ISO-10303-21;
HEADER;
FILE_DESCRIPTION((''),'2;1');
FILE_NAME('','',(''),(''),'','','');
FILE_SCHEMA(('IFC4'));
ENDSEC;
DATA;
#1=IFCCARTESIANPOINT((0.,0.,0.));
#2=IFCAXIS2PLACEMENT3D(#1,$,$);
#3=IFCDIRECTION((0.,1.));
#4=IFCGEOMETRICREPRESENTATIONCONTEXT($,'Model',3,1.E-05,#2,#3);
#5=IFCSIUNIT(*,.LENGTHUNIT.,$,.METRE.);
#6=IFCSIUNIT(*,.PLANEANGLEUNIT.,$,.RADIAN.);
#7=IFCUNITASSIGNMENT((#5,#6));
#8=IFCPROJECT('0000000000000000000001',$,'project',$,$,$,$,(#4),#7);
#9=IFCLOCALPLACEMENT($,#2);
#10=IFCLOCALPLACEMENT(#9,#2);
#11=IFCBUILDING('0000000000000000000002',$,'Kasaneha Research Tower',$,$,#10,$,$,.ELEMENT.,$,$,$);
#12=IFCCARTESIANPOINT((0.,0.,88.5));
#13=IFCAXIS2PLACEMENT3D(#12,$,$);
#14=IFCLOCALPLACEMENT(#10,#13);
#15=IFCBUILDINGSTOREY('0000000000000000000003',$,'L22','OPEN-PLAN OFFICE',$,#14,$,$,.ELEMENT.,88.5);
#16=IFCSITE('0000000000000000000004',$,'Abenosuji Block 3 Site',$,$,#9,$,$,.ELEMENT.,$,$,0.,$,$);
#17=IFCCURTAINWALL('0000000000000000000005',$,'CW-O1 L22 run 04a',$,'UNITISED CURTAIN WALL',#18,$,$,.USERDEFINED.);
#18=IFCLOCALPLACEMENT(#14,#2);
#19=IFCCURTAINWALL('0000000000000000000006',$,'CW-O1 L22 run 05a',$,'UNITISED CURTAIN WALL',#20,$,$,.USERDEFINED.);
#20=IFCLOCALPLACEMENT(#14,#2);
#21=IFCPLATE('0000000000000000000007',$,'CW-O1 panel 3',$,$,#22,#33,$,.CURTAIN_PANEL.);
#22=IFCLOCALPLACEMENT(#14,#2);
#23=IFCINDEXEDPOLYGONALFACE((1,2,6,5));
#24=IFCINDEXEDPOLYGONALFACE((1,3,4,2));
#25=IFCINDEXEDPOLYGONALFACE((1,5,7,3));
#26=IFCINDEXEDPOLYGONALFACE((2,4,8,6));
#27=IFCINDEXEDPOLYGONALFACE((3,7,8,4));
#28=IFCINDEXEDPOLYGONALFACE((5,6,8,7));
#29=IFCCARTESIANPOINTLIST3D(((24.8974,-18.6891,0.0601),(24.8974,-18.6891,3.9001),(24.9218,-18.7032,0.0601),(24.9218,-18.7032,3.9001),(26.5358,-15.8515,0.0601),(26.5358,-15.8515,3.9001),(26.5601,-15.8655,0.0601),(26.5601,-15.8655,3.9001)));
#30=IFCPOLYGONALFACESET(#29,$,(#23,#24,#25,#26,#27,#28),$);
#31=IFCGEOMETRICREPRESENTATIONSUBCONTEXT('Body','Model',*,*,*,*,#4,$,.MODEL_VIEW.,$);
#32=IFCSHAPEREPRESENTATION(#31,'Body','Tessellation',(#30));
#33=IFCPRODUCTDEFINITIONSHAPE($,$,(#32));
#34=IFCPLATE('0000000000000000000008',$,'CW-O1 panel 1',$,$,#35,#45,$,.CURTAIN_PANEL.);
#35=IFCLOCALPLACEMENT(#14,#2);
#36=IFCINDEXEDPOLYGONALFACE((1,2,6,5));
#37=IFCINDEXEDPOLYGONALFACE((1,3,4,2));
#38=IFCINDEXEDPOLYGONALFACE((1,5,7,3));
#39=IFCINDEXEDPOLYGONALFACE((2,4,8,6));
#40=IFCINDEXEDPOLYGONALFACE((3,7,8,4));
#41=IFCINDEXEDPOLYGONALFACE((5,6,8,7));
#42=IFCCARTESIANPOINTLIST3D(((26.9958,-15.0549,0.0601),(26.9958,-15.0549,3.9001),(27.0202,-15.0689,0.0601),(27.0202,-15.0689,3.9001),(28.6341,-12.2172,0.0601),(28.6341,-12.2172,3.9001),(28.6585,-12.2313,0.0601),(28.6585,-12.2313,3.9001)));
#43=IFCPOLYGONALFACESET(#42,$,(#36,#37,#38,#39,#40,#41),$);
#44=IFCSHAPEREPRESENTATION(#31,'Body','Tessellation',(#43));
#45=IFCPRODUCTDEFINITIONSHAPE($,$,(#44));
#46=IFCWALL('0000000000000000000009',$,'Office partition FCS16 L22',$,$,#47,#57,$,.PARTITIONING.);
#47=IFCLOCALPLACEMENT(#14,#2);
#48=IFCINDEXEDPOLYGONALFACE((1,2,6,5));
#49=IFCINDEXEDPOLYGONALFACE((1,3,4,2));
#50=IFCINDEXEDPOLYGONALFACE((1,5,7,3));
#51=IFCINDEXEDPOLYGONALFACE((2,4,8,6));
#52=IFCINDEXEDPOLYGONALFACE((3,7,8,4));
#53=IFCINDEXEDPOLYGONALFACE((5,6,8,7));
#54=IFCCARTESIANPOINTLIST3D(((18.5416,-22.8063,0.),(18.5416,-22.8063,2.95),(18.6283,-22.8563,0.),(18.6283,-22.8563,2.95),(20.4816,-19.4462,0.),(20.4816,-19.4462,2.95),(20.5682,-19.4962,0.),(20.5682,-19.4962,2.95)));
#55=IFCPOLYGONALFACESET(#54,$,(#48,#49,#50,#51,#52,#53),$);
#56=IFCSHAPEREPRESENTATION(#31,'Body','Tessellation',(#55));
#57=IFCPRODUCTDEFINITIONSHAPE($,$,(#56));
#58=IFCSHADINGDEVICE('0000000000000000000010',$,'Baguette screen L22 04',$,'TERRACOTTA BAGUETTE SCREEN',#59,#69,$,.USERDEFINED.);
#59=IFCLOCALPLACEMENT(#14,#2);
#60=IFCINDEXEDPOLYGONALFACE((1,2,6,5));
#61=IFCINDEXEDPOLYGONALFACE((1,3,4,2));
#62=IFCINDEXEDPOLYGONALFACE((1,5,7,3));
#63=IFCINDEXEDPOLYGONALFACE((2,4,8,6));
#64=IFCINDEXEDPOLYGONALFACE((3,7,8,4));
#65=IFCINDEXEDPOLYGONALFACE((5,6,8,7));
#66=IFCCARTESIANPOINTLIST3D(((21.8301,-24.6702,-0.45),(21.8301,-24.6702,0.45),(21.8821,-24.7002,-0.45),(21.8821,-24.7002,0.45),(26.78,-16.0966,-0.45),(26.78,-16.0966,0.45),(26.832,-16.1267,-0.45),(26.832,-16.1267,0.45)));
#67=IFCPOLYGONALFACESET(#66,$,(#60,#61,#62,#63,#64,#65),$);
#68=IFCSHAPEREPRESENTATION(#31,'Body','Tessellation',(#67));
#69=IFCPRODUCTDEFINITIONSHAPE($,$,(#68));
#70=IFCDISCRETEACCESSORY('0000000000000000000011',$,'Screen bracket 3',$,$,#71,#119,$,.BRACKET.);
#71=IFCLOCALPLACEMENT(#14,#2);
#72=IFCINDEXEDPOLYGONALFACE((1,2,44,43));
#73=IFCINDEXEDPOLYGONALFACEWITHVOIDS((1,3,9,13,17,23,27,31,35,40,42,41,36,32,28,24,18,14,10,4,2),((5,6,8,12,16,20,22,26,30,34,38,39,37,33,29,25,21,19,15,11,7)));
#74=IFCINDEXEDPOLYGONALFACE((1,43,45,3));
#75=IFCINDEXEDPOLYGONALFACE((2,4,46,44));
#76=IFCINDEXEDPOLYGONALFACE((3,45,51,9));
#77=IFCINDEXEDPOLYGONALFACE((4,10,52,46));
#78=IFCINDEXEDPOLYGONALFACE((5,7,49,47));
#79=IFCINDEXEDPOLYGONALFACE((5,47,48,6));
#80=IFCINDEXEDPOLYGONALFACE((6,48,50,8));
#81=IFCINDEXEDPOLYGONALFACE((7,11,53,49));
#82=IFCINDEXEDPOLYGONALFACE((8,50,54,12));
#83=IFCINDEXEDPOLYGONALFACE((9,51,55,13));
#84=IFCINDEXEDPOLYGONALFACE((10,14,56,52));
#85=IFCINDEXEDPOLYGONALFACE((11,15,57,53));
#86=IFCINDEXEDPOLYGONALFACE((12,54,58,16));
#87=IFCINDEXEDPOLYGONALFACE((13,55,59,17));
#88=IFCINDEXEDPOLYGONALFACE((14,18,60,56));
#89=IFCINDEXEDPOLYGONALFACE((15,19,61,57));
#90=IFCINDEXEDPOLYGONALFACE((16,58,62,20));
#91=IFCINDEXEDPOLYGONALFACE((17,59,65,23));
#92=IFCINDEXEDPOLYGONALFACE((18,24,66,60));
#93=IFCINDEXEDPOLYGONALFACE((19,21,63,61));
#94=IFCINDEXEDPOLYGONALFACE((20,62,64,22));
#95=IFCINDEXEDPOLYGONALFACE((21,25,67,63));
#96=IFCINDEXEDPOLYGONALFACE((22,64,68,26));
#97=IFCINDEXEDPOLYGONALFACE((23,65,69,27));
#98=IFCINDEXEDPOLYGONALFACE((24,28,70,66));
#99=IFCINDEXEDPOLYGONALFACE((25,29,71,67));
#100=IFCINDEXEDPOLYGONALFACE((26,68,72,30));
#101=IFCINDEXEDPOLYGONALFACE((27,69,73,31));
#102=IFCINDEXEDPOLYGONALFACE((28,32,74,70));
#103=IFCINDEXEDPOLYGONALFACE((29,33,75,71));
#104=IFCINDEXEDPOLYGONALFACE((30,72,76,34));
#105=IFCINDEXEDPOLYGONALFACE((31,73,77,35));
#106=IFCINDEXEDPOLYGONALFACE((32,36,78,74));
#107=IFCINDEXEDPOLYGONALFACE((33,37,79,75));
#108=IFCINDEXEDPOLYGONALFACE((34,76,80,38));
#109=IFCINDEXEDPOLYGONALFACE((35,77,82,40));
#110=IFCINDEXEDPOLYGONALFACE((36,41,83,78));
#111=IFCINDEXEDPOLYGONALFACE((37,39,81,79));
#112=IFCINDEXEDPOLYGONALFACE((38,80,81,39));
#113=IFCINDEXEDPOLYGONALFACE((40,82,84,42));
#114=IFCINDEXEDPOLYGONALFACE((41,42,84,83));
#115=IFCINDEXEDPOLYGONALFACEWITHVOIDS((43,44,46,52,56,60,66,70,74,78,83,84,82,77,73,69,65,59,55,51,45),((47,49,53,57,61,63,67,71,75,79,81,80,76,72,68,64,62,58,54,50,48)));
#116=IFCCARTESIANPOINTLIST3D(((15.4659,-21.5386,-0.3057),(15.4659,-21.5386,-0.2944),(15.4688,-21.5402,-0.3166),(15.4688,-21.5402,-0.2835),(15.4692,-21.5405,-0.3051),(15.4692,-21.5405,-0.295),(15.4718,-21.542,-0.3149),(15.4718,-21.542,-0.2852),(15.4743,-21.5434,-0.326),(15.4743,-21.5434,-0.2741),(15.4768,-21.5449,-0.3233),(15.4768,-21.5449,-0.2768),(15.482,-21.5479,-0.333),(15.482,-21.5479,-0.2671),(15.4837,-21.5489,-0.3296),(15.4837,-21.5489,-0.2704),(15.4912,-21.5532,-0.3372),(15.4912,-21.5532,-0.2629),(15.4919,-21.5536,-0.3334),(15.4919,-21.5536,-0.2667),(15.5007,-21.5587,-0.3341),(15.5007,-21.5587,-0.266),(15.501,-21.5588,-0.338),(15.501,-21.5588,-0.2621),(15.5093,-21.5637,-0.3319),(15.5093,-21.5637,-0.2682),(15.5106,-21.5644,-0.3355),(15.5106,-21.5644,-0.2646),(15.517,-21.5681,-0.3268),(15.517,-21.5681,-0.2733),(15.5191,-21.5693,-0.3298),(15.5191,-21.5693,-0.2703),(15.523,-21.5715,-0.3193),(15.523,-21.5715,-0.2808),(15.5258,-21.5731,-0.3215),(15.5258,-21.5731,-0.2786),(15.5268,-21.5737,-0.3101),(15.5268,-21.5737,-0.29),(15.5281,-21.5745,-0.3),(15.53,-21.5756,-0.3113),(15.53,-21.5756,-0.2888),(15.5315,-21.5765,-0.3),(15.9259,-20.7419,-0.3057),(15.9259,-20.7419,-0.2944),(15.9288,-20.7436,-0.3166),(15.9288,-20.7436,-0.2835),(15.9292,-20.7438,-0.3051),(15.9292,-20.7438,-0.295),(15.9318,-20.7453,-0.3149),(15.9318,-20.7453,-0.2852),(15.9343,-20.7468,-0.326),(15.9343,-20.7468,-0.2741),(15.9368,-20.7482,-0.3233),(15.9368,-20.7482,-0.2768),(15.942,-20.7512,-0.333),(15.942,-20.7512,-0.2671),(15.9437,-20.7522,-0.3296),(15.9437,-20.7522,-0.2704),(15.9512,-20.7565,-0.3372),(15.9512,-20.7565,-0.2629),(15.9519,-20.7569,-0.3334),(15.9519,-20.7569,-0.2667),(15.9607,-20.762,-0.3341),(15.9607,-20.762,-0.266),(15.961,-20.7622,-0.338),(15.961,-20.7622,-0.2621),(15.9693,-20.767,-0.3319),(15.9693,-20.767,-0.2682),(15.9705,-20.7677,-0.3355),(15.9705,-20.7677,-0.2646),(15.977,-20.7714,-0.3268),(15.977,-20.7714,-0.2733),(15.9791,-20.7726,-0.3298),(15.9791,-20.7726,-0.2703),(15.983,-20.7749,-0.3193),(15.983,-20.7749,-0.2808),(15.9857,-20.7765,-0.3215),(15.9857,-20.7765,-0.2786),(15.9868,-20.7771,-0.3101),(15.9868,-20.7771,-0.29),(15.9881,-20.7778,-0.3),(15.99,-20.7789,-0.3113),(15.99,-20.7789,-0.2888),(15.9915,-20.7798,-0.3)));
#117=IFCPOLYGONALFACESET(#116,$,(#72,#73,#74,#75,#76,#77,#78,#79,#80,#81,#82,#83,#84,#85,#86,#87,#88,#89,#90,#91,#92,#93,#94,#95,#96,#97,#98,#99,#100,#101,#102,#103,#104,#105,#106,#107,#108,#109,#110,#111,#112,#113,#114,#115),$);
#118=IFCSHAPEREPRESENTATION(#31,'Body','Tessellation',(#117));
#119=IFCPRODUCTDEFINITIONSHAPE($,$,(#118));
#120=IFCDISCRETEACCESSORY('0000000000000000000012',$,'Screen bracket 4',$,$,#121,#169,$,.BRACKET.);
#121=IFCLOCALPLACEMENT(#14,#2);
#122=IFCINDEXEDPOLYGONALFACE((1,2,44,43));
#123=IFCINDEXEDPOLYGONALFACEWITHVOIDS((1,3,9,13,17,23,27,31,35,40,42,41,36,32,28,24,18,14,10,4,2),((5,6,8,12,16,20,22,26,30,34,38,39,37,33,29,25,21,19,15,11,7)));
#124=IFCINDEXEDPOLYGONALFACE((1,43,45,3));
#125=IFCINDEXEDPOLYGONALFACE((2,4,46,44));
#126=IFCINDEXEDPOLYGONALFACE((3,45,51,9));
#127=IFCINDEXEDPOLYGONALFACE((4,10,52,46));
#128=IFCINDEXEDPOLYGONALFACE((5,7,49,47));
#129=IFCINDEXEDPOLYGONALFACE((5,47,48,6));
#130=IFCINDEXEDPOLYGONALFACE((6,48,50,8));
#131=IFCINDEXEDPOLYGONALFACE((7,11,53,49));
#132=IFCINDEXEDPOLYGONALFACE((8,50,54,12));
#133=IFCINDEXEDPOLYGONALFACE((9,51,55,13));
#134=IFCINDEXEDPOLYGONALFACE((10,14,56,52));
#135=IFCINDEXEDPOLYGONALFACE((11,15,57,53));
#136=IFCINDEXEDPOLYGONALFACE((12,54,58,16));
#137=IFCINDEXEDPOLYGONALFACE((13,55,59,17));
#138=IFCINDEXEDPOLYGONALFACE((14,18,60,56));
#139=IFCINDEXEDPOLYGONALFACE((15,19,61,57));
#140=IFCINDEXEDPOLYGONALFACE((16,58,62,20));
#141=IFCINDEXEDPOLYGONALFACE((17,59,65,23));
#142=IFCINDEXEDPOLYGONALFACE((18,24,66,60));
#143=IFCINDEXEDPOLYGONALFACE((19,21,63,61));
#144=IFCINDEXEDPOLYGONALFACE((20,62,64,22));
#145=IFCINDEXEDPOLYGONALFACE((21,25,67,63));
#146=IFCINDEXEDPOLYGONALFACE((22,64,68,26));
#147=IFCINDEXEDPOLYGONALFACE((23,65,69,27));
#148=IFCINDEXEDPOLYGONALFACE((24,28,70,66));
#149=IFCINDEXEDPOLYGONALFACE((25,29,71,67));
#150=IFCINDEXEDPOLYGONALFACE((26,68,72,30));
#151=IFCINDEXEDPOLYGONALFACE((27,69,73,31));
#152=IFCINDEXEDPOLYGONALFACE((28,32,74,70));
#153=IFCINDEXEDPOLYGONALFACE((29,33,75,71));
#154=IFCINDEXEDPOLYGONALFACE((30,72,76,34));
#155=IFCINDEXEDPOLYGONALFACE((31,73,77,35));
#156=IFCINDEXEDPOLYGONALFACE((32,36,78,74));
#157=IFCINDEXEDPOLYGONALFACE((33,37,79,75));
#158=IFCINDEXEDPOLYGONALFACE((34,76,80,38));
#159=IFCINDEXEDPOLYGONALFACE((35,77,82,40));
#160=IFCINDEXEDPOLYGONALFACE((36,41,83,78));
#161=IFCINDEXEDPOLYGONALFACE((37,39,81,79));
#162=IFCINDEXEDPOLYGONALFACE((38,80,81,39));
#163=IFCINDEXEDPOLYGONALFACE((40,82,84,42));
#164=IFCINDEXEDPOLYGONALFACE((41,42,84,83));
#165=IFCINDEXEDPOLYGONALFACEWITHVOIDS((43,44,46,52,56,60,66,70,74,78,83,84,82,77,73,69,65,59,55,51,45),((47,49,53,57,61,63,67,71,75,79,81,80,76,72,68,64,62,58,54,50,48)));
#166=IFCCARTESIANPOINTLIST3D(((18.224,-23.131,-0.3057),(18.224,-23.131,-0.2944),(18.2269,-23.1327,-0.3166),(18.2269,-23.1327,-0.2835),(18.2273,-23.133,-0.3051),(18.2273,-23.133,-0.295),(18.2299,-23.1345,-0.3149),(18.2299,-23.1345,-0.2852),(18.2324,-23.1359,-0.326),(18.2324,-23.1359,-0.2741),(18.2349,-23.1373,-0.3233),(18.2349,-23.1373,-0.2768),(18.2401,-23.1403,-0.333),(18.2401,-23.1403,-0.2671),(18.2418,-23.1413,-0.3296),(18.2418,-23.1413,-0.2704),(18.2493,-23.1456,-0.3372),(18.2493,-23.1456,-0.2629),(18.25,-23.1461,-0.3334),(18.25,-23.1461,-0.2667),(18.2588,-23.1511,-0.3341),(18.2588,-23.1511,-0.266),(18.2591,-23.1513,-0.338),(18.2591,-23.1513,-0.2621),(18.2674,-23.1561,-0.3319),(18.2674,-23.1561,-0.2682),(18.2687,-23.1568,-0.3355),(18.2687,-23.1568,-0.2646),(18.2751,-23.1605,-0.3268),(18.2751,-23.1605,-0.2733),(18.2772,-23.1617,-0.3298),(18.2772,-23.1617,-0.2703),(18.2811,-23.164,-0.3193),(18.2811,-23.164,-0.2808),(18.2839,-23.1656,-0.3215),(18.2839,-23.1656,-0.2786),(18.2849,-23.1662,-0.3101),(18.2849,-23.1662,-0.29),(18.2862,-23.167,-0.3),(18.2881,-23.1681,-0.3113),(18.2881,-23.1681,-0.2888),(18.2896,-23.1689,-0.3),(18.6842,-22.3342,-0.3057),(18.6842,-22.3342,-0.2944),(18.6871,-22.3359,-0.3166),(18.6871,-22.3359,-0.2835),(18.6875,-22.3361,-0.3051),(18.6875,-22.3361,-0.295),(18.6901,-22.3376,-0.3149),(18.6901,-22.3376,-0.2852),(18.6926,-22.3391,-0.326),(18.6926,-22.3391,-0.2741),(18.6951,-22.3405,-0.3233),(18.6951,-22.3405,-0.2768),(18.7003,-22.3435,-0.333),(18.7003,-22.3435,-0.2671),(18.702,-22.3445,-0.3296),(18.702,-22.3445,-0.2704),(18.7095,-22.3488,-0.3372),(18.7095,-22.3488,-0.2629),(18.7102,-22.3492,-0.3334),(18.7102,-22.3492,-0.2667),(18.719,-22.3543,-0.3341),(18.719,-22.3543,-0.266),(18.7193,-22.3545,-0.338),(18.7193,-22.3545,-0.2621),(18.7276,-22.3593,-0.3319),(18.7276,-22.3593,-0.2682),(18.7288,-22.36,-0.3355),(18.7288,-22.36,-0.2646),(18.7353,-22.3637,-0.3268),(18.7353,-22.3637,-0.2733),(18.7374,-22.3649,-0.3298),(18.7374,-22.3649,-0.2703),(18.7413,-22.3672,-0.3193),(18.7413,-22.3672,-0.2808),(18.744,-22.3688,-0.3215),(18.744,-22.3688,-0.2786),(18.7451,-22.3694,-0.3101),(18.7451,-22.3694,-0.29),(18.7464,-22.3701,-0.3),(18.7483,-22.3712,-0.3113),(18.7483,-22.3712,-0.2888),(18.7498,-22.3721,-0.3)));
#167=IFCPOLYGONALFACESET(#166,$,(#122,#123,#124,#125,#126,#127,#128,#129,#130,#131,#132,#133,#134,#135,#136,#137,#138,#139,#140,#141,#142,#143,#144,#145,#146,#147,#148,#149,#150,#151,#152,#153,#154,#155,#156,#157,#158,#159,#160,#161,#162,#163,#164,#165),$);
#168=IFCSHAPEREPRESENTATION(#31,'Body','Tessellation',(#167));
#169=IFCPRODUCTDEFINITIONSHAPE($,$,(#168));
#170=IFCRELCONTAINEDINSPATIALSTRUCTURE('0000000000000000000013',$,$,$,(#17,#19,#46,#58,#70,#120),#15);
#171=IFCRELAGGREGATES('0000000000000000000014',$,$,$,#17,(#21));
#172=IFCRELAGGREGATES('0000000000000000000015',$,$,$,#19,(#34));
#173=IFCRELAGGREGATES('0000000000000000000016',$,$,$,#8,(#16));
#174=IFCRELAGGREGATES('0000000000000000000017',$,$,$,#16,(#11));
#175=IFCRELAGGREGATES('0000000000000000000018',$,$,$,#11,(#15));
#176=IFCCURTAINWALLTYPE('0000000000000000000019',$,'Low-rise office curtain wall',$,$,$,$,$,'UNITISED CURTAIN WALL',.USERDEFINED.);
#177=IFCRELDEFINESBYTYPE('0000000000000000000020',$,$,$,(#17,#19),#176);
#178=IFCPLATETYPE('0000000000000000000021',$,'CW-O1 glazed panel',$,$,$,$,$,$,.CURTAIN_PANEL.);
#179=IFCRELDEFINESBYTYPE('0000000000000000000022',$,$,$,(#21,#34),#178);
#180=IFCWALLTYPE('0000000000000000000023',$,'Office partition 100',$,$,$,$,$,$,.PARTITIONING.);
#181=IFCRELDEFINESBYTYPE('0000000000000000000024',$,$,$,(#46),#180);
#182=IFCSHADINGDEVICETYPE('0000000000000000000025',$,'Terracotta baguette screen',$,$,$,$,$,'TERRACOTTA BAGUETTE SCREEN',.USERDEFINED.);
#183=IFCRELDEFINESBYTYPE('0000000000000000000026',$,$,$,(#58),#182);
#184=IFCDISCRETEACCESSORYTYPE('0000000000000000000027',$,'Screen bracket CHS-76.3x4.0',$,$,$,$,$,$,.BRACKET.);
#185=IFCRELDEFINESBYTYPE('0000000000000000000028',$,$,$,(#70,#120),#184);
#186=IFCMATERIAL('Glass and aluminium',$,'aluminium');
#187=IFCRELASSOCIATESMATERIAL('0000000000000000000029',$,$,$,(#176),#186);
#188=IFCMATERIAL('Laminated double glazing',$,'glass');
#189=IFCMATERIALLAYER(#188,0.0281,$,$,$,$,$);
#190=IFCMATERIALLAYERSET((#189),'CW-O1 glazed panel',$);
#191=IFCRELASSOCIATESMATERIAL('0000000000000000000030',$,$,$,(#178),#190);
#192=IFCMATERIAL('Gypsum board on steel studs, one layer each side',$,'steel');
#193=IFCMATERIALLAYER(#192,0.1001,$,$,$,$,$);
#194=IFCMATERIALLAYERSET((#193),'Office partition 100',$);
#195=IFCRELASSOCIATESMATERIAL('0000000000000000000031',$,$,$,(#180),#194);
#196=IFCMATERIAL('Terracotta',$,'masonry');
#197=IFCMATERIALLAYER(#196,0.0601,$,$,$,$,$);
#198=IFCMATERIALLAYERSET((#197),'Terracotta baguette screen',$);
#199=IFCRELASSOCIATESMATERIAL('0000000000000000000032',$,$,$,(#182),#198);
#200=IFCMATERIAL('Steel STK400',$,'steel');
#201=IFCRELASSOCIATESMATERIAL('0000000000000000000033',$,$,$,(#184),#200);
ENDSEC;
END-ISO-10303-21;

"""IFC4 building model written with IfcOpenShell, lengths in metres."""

from ifc_helpers import new_model, si_unit, direction, frame, frame_2d, origin, origin_2d, place, context, subcontext, project, spatial, rectangle, hollow_circle, extrude, material, layer, layer_set, material_profile, profile_set, type_object, element, aggregate, save


model = new_model("IFC4")

# Units and contexts
model_context = context("Model", 3, precision=1e-05, world=origin(), true_north=direction((0.0, 1.0)))
body_context = subcontext(model_context, "Body", "Model", "MODEL_VIEW")
ifc_project = project(units=[si_unit("LENGTHUNIT", "METRE"), si_unit("PLANEANGLEUNIT", "RADIAN")], contexts=[model_context])

# Site, building, storey
site_placement = place(None, origin())
site = spatial("IfcSite", under=ifc_project, at=site_placement, Name="Abenosuji Block 3 Site", CompositionType="ELEMENT", RefElevation=0.0)
building_placement = place(site_placement, origin())
building = spatial("IfcBuilding", under=site, at=building_placement, Name="Kasaneha Research Tower", CompositionType="ELEMENT")
storey_placement = place(building_placement, frame((0.0, 0.0, 88.5)))
storey = spatial("IfcBuildingStorey", under=building, at=storey_placement, Name="L22", Description="OPEN-PLAN OFFICE", CompositionType="ELEMENT", Elevation=88.5)

# Curtain walls
ifc_material_1 = material(Name="Glass and aluminium", Category="aluminium")
curtain_wall_type = type_object("IfcCurtainWallType", Name="Low-rise office curtain wall", ElementType="UNITISED CURTAIN WALL", PredefinedType="USERDEFINED", material=ifc_material_1)
curtain_wall_1_placement = place(storey_placement, origin())
curtain_wall_1 = element("IfcCurtainWall", 1, at=curtain_wall_1_placement, inside=storey, type_object=curtain_wall_type, Name="CW-O1 L22 run 04a", ObjectType="UNITISED CURTAIN WALL", PredefinedType="USERDEFINED")
curtain_wall_2_placement = place(storey_placement, origin())
curtain_wall_2 = element("IfcCurtainWall", 2, at=curtain_wall_2_placement, inside=storey, type_object=curtain_wall_type, Name="CW-O1 L22 run 05a", ObjectType="UNITISED CURTAIN WALL", PredefinedType="USERDEFINED")

# Plates
ifc_material_2 = material(Name="Laminated double glazing", Category="glass")
ifc_layer_1 = layer(ifc_material_2, 0.0281)
ifc_layer_set_1 = layer_set([ifc_layer_1], Name="CW-O1 glazed panel")
plate_type = type_object("IfcPlateType", Name="CW-O1 glazed panel", PredefinedType="CURTAIN_PANEL", material=ifc_layer_set_1)
plate_1_placement = place(storey_placement, frame((25.7288, -17.2773, 0.0601), z_axis=(0.0, 0.0, 1.0), x_axis=(0.5, 0.866025, 0.0)))
plate_1 = element("IfcPlate", 3, at=plate_1_placement, type_object=plate_type, Name="CW-O1 panel 3", PredefinedType="CURTAIN_PANEL", context=body_context, shape_type="SweptSolid", body=[
    extrude(rectangle(XDim=3.2766, YDim=0.0281, at=origin_2d()), origin(), (0.0, 0.0, 1.0), 3.8401),
])
aggregate(curtain_wall_1, [plate_1])
plate_2_placement = place(storey_placement, frame((27.8271, -13.6431, 0.0601), z_axis=(0.0, 0.0, 1.0), x_axis=(0.5, 0.866025, 0.0)))
plate_2 = element("IfcPlate", 4, at=plate_2_placement, type_object=plate_type, Name="CW-O1 panel 1", PredefinedType="CURTAIN_PANEL", context=body_context, shape_type="SweptSolid", body=[
    extrude(rectangle(XDim=3.2766, YDim=0.0281, at=origin_2d()), origin(), (0.0, 0.0, 1.0), 3.8401),
])
aggregate(curtain_wall_2, [plate_2])

# Wall
ifc_material_3 = material(Name="Gypsum board on steel studs, one layer each side", Category="steel")
ifc_layer_2 = layer(ifc_material_3, 0.1001)
ifc_layer_set_2 = layer_set([ifc_layer_2], Name="Office partition 100")
wall_type = type_object("IfcWallType", Name="Office partition 100", PredefinedType="PARTITIONING", material=ifc_layer_set_2)
wall_placement = place(storey_placement, frame((20.5249, -19.4712, 0.0), z_axis=(0.0, 0.0, 1.0), x_axis=(-0.499997, -0.866027, 0.0)))
element("IfcWall", 5, at=wall_placement, inside=storey, type_object=wall_type, Name="Office partition FCS16 L22", PredefinedType="PARTITIONING", context=body_context, shape_type="SweptSolid", body=[
    extrude(rectangle(XDim=3.8799, YDim=0.1001, at=frame_2d((1.9399, 0.0))), origin(), (0.0, 0.0, 1.0), 2.95),
])

# Shading device
ifc_material_4 = material(Name="Terracotta", Category="masonry")
ifc_layer_3 = layer(ifc_material_4, 0.0601)
ifc_layer_set_3 = layer_set([ifc_layer_3], Name="Terracotta baguette screen")
shading_device_type = type_object("IfcShadingDeviceType", Name="Terracotta baguette screen", ElementType="TERRACOTTA BAGUETTE SCREEN", PredefinedType="USERDEFINED", material=ifc_layer_set_3)
shading_device_placement = place(storey_placement, frame((24.3311, -20.3984, -0.45), z_axis=(0.0, 0.0, 1.0), x_axis=(0.5, 0.866025, 0.0)))
element("IfcShadingDevice", 6, at=shading_device_placement, inside=storey, type_object=shading_device_type, Name="Baguette screen L22 04", ObjectType="TERRACOTTA BAGUETTE SCREEN", PredefinedType="USERDEFINED", context=body_context, shape_type="SweptSolid", body=[
    extrude(rectangle(XDim=9.8999, YDim=0.0601, at=origin_2d()), origin(), (0.0, 0.0, 1.0), 0.8999),
])

# Discrete accessories
ifc_material_5 = material(Name="Steel STK400", Category="steel")
ifc_material_profile_1 = material_profile(ifc_material_5, hollow_circle(Radius=0.0381, WallThickness=0.0039, at=origin_2d()), Name="CHS-76.3x4.0")
ifc_profile_set_1 = profile_set([ifc_material_profile_1], Name="Steel STK400")
discrete_accessory_type = type_object("IfcDiscreteAccessoryType", Name="Screen bracket CHS-76.3x4.0", PredefinedType="BRACKET", material=ifc_profile_set_1)
discrete_accessory_1_placement = place(storey_placement, frame((15.9585, -20.7607, -0.3), z_axis=(-0.500021, -0.866013, 0.0), x_axis=(0.866013, -0.500021, 0.0)))
element("IfcDiscreteAccessory", 7, at=discrete_accessory_1_placement, inside=storey, type_object=discrete_accessory_type, Name="Screen bracket 3", PredefinedType="BRACKET", context=body_context, shape_type="SweptSolid", body=[
    extrude(hollow_circle(Radius=0.0381, WallThickness=0.0039, at=origin_2d()), origin(), (0.0, 0.0, 1.0), 0.9199),
])
discrete_accessory_2_placement = place(storey_placement, frame((18.7168, -22.353, -0.3), z_axis=(-0.500105, -0.865965, 0.0), x_axis=(0.865965, -0.500105, 0.0)))
element("IfcDiscreteAccessory", 8, at=discrete_accessory_2_placement, inside=storey, type_object=discrete_accessory_type, Name="Screen bracket 4", PredefinedType="BRACKET", context=body_context, shape_type="SweptSolid", body=[
    extrude(hollow_circle(Radius=0.0381, WallThickness=0.0039, at=origin_2d()), origin(), (0.0, 0.0, 1.0), 0.9202),
])

save(model, "model.ifc")
